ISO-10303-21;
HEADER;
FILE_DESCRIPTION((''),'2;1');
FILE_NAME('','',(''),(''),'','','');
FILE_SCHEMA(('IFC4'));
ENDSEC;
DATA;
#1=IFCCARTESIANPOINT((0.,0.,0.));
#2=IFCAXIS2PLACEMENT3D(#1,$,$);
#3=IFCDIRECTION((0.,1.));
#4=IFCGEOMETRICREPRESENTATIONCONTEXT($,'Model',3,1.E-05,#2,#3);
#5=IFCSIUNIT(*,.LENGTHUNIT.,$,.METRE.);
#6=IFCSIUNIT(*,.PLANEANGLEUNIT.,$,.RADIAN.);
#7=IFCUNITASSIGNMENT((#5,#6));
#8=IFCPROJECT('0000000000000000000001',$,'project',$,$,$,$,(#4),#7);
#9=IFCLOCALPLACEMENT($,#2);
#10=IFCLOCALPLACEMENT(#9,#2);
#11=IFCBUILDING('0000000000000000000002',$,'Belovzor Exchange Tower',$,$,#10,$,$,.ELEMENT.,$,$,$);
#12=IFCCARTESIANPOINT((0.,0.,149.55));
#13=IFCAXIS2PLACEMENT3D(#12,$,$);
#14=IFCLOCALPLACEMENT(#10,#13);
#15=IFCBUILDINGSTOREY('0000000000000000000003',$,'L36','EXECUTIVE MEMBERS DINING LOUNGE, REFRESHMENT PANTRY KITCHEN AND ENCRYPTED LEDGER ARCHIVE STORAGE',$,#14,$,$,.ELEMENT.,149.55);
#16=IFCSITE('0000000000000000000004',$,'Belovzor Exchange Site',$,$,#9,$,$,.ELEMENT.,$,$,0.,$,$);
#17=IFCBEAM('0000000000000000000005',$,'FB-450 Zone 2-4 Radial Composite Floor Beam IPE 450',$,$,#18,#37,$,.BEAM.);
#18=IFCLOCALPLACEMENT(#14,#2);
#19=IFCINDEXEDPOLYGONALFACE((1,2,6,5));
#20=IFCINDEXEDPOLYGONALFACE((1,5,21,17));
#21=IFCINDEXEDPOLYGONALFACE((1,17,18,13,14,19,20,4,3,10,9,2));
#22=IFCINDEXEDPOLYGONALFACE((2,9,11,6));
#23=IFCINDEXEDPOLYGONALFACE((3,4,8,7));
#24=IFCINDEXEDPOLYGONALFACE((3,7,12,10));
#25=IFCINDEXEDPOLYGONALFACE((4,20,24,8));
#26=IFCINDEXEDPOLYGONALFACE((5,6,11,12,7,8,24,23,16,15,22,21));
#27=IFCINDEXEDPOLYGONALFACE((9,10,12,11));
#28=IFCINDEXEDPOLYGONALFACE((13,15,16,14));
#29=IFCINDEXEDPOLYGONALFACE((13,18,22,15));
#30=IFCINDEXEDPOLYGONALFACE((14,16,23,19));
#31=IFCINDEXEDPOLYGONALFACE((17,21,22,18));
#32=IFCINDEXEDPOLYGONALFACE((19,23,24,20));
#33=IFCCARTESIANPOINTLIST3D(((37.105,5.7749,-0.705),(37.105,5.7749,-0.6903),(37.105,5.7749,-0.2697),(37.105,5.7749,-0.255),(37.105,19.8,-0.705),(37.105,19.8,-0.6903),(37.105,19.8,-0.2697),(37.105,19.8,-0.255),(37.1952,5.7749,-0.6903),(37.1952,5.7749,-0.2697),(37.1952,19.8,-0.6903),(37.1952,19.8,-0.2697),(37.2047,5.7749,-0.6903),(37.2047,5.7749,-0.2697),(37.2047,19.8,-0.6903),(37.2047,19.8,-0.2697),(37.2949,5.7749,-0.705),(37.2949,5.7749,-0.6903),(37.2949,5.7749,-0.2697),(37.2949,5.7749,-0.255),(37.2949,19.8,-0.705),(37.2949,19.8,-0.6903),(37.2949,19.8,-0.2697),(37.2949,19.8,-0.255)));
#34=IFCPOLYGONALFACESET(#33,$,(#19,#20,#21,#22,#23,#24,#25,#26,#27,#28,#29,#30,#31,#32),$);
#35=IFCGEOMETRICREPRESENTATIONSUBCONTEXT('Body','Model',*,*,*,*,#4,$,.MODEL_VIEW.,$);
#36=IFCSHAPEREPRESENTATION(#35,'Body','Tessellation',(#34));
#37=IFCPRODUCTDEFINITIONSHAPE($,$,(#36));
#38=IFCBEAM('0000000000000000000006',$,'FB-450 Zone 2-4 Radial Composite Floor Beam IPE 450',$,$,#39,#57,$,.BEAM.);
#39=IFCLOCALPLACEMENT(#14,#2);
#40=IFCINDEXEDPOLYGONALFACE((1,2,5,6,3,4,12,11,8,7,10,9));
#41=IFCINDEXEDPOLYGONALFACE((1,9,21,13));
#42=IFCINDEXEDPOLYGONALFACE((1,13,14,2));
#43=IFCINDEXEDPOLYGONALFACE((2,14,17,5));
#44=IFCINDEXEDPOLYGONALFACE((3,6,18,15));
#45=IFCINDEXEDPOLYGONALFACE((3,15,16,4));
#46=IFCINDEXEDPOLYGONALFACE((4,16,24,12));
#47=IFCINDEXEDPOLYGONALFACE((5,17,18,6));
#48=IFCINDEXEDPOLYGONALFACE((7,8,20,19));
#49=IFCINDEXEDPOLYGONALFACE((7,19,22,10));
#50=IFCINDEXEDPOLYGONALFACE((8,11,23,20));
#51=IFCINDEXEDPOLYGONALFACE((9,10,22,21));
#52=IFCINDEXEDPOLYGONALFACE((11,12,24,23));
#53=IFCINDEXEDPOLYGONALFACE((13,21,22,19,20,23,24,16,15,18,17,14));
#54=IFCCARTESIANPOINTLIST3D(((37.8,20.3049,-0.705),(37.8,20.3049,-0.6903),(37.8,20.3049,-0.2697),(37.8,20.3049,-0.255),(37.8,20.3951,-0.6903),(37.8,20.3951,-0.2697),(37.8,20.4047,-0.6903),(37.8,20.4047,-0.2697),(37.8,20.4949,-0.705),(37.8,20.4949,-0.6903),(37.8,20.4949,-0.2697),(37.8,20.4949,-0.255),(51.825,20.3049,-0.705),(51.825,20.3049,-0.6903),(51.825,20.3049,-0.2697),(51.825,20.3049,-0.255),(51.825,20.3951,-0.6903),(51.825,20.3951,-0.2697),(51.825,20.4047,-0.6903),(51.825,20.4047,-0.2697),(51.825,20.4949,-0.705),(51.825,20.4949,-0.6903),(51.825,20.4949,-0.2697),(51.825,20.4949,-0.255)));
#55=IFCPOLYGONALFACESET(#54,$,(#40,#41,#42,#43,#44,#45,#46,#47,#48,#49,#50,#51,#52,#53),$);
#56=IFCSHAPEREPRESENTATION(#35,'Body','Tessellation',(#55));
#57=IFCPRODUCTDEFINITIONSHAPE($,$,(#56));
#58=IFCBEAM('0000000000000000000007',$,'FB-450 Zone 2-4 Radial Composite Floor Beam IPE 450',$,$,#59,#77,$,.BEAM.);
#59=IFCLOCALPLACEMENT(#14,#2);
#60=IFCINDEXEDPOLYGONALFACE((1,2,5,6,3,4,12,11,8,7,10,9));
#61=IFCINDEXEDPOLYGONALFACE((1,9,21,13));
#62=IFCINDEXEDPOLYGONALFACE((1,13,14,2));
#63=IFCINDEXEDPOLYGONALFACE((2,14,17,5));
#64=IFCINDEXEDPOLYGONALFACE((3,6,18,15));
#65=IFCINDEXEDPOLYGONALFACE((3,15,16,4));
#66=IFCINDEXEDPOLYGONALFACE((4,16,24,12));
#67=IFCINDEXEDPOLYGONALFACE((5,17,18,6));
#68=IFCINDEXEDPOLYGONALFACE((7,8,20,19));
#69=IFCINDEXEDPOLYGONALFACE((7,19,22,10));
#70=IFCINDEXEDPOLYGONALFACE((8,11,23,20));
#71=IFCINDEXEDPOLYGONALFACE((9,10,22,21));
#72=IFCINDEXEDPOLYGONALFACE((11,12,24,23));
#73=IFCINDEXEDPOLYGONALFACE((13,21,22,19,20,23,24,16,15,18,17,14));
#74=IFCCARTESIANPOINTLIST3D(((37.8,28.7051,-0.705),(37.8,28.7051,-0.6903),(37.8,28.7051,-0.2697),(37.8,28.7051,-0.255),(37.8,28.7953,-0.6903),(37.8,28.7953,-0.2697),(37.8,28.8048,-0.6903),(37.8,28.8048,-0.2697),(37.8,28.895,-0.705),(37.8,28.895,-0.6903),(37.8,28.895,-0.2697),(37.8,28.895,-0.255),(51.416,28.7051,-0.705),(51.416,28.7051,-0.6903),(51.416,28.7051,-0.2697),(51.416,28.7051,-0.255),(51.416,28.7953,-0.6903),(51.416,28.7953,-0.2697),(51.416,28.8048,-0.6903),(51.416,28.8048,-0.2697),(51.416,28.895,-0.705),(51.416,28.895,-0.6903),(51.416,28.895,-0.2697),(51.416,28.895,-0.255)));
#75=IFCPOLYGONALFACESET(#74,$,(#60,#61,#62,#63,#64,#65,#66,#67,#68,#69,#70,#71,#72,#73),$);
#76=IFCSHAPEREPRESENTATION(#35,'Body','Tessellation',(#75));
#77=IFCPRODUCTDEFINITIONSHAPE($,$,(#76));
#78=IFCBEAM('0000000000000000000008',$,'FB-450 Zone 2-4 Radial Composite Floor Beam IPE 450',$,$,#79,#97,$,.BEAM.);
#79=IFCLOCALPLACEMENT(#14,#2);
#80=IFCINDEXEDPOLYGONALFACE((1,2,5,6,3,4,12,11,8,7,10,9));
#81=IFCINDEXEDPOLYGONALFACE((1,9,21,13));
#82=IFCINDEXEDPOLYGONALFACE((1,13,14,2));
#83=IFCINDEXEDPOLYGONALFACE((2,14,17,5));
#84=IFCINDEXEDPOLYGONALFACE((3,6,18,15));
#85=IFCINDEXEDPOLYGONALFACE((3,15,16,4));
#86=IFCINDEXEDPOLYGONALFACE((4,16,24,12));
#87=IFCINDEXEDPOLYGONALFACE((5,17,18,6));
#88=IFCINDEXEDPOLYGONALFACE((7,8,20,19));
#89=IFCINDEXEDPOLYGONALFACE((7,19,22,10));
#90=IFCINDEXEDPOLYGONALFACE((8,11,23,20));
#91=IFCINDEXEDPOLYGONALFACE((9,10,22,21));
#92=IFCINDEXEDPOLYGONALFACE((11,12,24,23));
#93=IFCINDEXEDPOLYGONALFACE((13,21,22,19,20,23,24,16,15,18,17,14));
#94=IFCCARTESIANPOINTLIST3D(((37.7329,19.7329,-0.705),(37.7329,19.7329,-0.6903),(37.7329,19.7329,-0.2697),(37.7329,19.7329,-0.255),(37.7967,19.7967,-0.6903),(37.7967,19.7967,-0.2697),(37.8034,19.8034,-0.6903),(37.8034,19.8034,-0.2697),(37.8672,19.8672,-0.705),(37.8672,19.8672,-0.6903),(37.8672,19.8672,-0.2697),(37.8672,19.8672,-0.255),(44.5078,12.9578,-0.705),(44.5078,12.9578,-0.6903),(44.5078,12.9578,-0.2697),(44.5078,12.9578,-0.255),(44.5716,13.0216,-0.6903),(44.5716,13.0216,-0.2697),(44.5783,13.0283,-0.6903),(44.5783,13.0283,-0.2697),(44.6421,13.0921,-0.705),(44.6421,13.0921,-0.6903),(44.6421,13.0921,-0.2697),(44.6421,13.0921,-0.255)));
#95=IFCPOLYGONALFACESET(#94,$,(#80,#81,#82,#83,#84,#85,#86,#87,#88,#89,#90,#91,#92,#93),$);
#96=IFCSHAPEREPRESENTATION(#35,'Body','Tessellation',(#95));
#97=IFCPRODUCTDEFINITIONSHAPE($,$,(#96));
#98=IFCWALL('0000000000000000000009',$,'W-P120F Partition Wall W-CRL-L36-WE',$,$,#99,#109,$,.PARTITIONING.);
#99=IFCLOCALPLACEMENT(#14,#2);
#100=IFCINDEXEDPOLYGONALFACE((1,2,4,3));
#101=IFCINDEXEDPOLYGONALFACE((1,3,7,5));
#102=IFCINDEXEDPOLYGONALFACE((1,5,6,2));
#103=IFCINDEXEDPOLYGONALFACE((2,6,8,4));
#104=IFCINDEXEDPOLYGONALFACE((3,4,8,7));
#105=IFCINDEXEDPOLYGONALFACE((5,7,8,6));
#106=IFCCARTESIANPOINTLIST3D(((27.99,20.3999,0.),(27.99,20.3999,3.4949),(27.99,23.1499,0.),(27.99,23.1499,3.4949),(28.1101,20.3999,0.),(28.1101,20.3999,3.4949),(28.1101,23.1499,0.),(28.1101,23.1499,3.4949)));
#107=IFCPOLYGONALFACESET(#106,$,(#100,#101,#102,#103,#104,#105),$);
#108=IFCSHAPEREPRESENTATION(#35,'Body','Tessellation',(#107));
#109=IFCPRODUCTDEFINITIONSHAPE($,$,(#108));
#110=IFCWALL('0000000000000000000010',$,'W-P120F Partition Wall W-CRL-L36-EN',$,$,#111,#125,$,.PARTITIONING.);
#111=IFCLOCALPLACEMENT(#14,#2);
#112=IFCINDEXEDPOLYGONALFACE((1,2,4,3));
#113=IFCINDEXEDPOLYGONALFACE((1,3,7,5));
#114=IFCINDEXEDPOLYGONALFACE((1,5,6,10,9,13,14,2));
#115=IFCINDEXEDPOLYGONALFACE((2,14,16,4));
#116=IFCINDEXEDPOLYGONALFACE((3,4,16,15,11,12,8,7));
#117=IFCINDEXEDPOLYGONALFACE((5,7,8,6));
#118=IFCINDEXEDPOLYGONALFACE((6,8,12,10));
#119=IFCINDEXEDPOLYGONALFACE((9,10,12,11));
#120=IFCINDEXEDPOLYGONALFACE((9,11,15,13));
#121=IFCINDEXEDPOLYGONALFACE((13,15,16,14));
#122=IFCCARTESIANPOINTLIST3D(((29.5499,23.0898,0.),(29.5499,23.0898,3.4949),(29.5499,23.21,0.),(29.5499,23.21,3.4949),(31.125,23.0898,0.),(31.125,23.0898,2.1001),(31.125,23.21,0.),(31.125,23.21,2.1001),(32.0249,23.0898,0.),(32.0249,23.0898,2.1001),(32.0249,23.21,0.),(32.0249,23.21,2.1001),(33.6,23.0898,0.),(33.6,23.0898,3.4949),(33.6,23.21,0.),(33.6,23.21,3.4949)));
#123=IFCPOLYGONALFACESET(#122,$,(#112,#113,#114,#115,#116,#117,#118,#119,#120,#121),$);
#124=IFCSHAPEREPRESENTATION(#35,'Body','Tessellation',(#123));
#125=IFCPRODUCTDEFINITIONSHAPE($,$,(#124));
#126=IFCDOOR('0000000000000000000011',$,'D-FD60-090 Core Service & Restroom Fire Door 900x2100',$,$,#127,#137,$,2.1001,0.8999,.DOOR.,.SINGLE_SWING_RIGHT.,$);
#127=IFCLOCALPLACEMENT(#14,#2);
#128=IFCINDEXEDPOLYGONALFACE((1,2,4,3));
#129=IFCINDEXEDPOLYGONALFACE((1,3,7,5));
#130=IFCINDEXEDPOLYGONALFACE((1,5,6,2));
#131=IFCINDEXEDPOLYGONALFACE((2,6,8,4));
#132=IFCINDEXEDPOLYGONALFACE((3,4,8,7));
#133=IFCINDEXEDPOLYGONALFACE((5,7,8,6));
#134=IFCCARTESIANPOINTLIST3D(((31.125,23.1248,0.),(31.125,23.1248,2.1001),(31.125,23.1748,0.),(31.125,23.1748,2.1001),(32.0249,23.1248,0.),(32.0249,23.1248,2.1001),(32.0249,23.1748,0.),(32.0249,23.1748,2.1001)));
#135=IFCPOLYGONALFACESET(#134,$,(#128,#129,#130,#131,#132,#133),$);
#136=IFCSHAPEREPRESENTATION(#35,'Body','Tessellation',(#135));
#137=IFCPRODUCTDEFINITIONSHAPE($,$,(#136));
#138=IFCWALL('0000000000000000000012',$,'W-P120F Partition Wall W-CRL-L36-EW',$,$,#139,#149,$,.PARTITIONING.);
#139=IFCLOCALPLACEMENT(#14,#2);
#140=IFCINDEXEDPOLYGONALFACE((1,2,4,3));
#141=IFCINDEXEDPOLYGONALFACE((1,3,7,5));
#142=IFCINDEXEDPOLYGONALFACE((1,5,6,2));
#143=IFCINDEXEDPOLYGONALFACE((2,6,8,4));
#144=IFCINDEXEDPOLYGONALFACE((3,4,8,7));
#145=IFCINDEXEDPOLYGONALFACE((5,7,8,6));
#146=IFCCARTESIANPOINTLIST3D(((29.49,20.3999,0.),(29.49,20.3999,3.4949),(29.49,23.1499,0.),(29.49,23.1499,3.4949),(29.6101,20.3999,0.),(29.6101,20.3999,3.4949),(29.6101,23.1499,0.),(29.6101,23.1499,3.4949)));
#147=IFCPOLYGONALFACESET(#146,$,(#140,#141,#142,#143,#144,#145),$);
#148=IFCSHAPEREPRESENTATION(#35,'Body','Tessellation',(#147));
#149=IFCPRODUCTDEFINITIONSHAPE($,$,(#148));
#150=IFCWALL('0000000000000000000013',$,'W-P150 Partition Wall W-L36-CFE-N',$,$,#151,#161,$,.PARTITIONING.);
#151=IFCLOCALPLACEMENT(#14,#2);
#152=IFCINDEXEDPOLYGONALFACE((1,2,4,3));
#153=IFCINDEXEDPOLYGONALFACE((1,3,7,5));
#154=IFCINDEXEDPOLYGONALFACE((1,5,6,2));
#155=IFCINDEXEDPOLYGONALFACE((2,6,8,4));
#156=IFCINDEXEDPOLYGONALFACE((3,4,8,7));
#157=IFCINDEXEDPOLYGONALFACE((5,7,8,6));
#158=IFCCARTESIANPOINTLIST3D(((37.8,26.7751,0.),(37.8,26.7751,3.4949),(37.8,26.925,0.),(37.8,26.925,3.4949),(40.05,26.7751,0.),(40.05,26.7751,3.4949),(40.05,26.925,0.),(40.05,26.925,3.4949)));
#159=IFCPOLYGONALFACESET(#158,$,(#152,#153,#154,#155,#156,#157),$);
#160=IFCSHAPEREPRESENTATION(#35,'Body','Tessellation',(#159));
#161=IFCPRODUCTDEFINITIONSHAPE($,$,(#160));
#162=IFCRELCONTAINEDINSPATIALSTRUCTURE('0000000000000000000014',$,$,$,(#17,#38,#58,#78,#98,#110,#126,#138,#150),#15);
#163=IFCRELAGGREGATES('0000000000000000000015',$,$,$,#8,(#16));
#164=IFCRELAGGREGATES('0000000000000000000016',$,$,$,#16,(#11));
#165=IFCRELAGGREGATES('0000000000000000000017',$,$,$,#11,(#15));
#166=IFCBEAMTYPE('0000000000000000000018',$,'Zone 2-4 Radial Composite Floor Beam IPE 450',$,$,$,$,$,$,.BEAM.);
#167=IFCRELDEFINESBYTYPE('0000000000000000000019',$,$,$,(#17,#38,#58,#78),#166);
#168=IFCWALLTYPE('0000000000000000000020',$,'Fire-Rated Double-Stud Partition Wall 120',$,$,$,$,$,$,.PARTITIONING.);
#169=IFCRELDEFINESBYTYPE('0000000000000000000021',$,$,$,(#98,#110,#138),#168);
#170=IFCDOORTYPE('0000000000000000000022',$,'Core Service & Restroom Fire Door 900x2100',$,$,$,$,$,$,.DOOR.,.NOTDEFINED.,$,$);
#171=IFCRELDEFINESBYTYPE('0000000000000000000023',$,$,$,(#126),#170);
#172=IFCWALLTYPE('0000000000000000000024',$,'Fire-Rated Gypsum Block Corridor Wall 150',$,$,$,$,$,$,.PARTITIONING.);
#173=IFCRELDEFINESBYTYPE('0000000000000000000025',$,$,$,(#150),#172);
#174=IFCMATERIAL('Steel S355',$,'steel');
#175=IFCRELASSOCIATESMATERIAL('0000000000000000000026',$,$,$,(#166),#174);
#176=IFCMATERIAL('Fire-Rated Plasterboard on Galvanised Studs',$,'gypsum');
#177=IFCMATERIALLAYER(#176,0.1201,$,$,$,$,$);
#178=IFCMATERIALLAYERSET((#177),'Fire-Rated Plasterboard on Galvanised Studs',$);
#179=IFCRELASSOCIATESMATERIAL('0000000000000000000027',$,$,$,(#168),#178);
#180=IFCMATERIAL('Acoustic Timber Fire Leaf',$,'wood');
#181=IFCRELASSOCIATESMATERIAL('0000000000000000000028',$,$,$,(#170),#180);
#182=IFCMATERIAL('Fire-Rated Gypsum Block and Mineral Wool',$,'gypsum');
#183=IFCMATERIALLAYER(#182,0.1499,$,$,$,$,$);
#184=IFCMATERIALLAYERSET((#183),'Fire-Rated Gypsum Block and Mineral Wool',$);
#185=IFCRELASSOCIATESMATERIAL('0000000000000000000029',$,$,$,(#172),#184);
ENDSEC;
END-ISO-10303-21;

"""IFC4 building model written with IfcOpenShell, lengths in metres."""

from ifc_helpers import new_model, si_unit, direction, frame, frame_2d, origin, origin_2d, place, context, subcontext, project, spatial, rectangle, i_section, extrude, material, layer, layer_set, material_profile, profile_set, type_object, element, fill, save


model = new_model("IFC4")

# Units and contexts
model_context = context("Model", 3, precision=1e-05, world=origin(), true_north=direction((0.0, 1.0)))
body_context = subcontext(model_context, "Body", "Model", "MODEL_VIEW")
ifc_project = project(units=[si_unit("LENGTHUNIT", "METRE"), si_unit("PLANEANGLEUNIT", "RADIAN")], contexts=[model_context])

# Site, building, storey
site_placement = place(None, origin())
site = spatial("IfcSite", under=ifc_project, at=site_placement, Name="Belovzor Exchange Site", CompositionType="ELEMENT", RefElevation=0.0)
building_placement = place(site_placement, origin())
building = spatial("IfcBuilding", under=site, at=building_placement, Name="Belovzor Exchange Tower", CompositionType="ELEMENT")
storey_placement = place(building_placement, frame((0.0, 0.0, 149.55)))
storey = spatial("IfcBuildingStorey", under=building, at=storey_placement, Name="L36", Description="EXECUTIVE MEMBERS DINING LOUNGE, REFRESHMENT PANTRY KITCHEN AND ENCRYPTED LEDGER ARCHIVE STORAGE", CompositionType="ELEMENT", Elevation=149.55)

# Beams
ifc_material_1 = material(Name="Steel S355", Category="steel")
ifc_material_profile = material_profile(ifc_material_1, i_section(OverallWidth=0.1899, OverallDepth=0.45, WebThickness=0.0095, FlangeThickness=0.0146, at=origin_2d()))
ifc_profile_set = profile_set([ifc_material_profile], Name="Steel S355")
beam_type = type_object("IfcBeamType", Name="Zone 2-4 Radial Composite Floor Beam IPE 450", PredefinedType="BEAM", material=ifc_profile_set)
beam_1_placement = place(storey_placement, frame((37.2, 19.8, -0.48), z_axis=(0.0, -1.0, 0.0), x_axis=(1.0, 0.0, 0.0)))
element("IfcBeam", 1, at=beam_1_placement, inside=storey, type_object=beam_type, Name="FB-450 Zone 2-4 Radial Composite Floor Beam IPE 450", PredefinedType="BEAM", context=body_context, shape_type="SweptSolid", body=[
    extrude(i_section(OverallWidth=0.1899, OverallDepth=0.45, WebThickness=0.0095, FlangeThickness=0.0146, at=origin_2d()), origin(), (0.0, 0.0, 1.0), 14.0251),
])
beam_2_placement = place(storey_placement, frame((37.8, 20.3999, -0.48), z_axis=(1.0, 0.0, 0.0), x_axis=(0.0, 1.0, 0.0)))
element("IfcBeam", 2, at=beam_2_placement, inside=storey, type_object=beam_type, Name="FB-450 Zone 2-4 Radial Composite Floor Beam IPE 450", PredefinedType="BEAM", context=body_context, shape_type="SweptSolid", body=[
    extrude(i_section(OverallWidth=0.1899, OverallDepth=0.45, WebThickness=0.0095, FlangeThickness=0.0146, at=origin_2d()), origin(), (0.0, 0.0, 1.0), 14.0249),
])
beam_3_placement = place(storey_placement, frame((37.8, 28.8, -0.48), z_axis=(1.0, 0.0, 0.0), x_axis=(0.0, 1.0, 0.0)))
element("IfcBeam", 3, at=beam_3_placement, inside=storey, type_object=beam_type, Name="FB-450 Zone 2-4 Radial Composite Floor Beam IPE 450", PredefinedType="BEAM", context=body_context, shape_type="SweptSolid", body=[
    extrude(i_section(OverallWidth=0.1899, OverallDepth=0.45, WebThickness=0.0095, FlangeThickness=0.0146, at=origin_2d()), origin(), (0.0, 0.0, 1.0), 13.616),
])
beam_4_placement = place(storey_placement, frame((37.8, 19.8, -0.48), z_axis=(0.707094, -0.70712, 0.0), x_axis=(0.70712, 0.707094, 0.0)))
element("IfcBeam", 4, at=beam_4_placement, inside=storey, type_object=beam_type, Name="FB-450 Zone 2-4 Radial Composite Floor Beam IPE 450", PredefinedType="BEAM", context=body_context, shape_type="SweptSolid", body=[
    extrude(i_section(OverallWidth=0.1899, OverallDepth=0.45, WebThickness=0.0095, FlangeThickness=0.0146, at=origin_2d()), origin(), (0.0, 0.0, 1.0), 9.5813),
])

# Wall
ifc_material_2 = material(Name="Fire-Rated Plasterboard on Galvanised Studs", Category="gypsum")
ifc_layer_1 = layer(ifc_material_2, 0.1201)
ifc_layer_set_1 = layer_set([ifc_layer_1], Name="Fire-Rated Plasterboard on Galvanised Studs")
wall_type_1 = type_object("IfcWallType", Name="Fire-Rated Double-Stud Partition Wall 120", PredefinedType="PARTITIONING", material=ifc_layer_set_1)
wall_1_placement = place(storey_placement, frame((28.05, 20.3999, 0.0), z_axis=(0.0, 0.0, 1.0), x_axis=(0.0, 1.0, 0.0)))
element("IfcWall", 5, at=wall_1_placement, inside=storey, type_object=wall_type_1, Name="W-P120F Partition Wall W-CRL-L36-WE", PredefinedType="PARTITIONING", context=body_context, shape_type="SweptSolid", body=[
    extrude(rectangle(XDim=2.75, YDim=0.1201, at=frame_2d((1.375, 0.0))), origin(), (0.0, 0.0, 1.0), 3.4949),
])

# Wall, opening, door
wall_2_placement = place(storey_placement, frame((29.55, 23.1499, 0.0), z_axis=(0.0, 0.0, 1.0), x_axis=(1.0, 0.0, 0.0)))
wall_2 = element("IfcWall", 6, at=wall_2_placement, inside=storey, type_object=wall_type_1, Name="W-P120F Partition Wall W-CRL-L36-EN", PredefinedType="PARTITIONING", context=body_context, shape_type="SweptSolid", body=[
    extrude(rectangle(XDim=4.05, YDim=0.1201, at=frame_2d((2.0249, 0.0))), origin(), (0.0, 0.0, 1.0), 3.4949),
])
opening_1_placement = place(wall_2_placement, frame((1.575, 0.0, 0.0)))
opening_1 = element("IfcOpeningElement", 7, at=opening_1_placement, cuts=wall_2, PredefinedType="OPENING", context=body_context, shape_type="SweptSolid", body=[
    extrude(rectangle(XDim=0.8999, YDim=2.1001, at=frame_2d((0.45, 1.05))), frame((0.0, 0.0701, 0.0), z_axis=(0.0, -1.0, 0.0), x_axis=(1.0, 0.0, 0.0)), (0.0, 0.0, 1.0), 0.1401),
])
ifc_material_3 = material(Name="Acoustic Timber Fire Leaf", Category="wood")
door_type_1 = type_object("IfcDoorType", Name="Core Service & Restroom Fire Door 900x2100", OperationType="NOTDEFINED", PredefinedType="DOOR", material=ifc_material_3)
door_1_placement = place(opening_1_placement, origin())
door_1 = element("IfcDoor", 8, at=door_1_placement, inside=storey, type_object=door_type_1, Name="D-FD60-090 Core Service & Restroom Fire Door 900x2100", OperationType="SINGLE_SWING_RIGHT", OverallHeight=2.1001, OverallWidth=0.8999, PredefinedType="DOOR", context=body_context, shape_type="SweptSolid", body=[
    extrude(rectangle(XDim=0.8999, YDim=2.1001, at=frame_2d((0.45, 1.05))), frame((0.0, 0.0249, 0.0), z_axis=(0.0, -1.0, 0.0), x_axis=(1.0, 0.0, 0.0)), (0.0, 0.0, 1.0), 0.05),
])
fill(opening_1, door_1)

# Walls
wall_3_placement = place(storey_placement, frame((29.55, 20.3999, 0.0), z_axis=(0.0, 0.0, 1.0), x_axis=(0.0, 1.0, 0.0)))
element("IfcWall", 9, at=wall_3_placement, inside=storey, type_object=wall_type_1, Name="W-P120F Partition Wall W-CRL-L36-EW", PredefinedType="PARTITIONING", context=body_context, shape_type="SweptSolid", body=[
    extrude(rectangle(XDim=2.75, YDim=0.1201, at=frame_2d((1.375, 0.0))), origin(), (0.0, 0.0, 1.0), 3.4949),
])
ifc_material_4 = material(Name="Fire-Rated Gypsum Block and Mineral Wool", Category="gypsum")
ifc_layer_2 = layer(ifc_material_4, 0.1499)
ifc_layer_set_2 = layer_set([ifc_layer_2], Name="Fire-Rated Gypsum Block and Mineral Wool")
wall_type_2 = type_object("IfcWallType", Name="Fire-Rated Gypsum Block Corridor Wall 150", PredefinedType="PARTITIONING", material=ifc_layer_set_2)
wall_4_placement = place(storey_placement, frame((37.8, 26.8501, 0.0), z_axis=(0.0, 0.0, 1.0), x_axis=(1.0, 0.0, 0.0)))
element("IfcWall", 10, at=wall_4_placement, inside=storey, type_object=wall_type_2, Name="W-P150 Partition Wall W-L36-CFE-N", PredefinedType="PARTITIONING", context=body_context, shape_type="SweptSolid", body=[
    extrude(rectangle(XDim=2.25, YDim=0.1499, at=frame_2d((1.125, 0.0))), origin(), (0.0, 0.0, 1.0), 3.4949),
])

save(model, "model.ifc")
